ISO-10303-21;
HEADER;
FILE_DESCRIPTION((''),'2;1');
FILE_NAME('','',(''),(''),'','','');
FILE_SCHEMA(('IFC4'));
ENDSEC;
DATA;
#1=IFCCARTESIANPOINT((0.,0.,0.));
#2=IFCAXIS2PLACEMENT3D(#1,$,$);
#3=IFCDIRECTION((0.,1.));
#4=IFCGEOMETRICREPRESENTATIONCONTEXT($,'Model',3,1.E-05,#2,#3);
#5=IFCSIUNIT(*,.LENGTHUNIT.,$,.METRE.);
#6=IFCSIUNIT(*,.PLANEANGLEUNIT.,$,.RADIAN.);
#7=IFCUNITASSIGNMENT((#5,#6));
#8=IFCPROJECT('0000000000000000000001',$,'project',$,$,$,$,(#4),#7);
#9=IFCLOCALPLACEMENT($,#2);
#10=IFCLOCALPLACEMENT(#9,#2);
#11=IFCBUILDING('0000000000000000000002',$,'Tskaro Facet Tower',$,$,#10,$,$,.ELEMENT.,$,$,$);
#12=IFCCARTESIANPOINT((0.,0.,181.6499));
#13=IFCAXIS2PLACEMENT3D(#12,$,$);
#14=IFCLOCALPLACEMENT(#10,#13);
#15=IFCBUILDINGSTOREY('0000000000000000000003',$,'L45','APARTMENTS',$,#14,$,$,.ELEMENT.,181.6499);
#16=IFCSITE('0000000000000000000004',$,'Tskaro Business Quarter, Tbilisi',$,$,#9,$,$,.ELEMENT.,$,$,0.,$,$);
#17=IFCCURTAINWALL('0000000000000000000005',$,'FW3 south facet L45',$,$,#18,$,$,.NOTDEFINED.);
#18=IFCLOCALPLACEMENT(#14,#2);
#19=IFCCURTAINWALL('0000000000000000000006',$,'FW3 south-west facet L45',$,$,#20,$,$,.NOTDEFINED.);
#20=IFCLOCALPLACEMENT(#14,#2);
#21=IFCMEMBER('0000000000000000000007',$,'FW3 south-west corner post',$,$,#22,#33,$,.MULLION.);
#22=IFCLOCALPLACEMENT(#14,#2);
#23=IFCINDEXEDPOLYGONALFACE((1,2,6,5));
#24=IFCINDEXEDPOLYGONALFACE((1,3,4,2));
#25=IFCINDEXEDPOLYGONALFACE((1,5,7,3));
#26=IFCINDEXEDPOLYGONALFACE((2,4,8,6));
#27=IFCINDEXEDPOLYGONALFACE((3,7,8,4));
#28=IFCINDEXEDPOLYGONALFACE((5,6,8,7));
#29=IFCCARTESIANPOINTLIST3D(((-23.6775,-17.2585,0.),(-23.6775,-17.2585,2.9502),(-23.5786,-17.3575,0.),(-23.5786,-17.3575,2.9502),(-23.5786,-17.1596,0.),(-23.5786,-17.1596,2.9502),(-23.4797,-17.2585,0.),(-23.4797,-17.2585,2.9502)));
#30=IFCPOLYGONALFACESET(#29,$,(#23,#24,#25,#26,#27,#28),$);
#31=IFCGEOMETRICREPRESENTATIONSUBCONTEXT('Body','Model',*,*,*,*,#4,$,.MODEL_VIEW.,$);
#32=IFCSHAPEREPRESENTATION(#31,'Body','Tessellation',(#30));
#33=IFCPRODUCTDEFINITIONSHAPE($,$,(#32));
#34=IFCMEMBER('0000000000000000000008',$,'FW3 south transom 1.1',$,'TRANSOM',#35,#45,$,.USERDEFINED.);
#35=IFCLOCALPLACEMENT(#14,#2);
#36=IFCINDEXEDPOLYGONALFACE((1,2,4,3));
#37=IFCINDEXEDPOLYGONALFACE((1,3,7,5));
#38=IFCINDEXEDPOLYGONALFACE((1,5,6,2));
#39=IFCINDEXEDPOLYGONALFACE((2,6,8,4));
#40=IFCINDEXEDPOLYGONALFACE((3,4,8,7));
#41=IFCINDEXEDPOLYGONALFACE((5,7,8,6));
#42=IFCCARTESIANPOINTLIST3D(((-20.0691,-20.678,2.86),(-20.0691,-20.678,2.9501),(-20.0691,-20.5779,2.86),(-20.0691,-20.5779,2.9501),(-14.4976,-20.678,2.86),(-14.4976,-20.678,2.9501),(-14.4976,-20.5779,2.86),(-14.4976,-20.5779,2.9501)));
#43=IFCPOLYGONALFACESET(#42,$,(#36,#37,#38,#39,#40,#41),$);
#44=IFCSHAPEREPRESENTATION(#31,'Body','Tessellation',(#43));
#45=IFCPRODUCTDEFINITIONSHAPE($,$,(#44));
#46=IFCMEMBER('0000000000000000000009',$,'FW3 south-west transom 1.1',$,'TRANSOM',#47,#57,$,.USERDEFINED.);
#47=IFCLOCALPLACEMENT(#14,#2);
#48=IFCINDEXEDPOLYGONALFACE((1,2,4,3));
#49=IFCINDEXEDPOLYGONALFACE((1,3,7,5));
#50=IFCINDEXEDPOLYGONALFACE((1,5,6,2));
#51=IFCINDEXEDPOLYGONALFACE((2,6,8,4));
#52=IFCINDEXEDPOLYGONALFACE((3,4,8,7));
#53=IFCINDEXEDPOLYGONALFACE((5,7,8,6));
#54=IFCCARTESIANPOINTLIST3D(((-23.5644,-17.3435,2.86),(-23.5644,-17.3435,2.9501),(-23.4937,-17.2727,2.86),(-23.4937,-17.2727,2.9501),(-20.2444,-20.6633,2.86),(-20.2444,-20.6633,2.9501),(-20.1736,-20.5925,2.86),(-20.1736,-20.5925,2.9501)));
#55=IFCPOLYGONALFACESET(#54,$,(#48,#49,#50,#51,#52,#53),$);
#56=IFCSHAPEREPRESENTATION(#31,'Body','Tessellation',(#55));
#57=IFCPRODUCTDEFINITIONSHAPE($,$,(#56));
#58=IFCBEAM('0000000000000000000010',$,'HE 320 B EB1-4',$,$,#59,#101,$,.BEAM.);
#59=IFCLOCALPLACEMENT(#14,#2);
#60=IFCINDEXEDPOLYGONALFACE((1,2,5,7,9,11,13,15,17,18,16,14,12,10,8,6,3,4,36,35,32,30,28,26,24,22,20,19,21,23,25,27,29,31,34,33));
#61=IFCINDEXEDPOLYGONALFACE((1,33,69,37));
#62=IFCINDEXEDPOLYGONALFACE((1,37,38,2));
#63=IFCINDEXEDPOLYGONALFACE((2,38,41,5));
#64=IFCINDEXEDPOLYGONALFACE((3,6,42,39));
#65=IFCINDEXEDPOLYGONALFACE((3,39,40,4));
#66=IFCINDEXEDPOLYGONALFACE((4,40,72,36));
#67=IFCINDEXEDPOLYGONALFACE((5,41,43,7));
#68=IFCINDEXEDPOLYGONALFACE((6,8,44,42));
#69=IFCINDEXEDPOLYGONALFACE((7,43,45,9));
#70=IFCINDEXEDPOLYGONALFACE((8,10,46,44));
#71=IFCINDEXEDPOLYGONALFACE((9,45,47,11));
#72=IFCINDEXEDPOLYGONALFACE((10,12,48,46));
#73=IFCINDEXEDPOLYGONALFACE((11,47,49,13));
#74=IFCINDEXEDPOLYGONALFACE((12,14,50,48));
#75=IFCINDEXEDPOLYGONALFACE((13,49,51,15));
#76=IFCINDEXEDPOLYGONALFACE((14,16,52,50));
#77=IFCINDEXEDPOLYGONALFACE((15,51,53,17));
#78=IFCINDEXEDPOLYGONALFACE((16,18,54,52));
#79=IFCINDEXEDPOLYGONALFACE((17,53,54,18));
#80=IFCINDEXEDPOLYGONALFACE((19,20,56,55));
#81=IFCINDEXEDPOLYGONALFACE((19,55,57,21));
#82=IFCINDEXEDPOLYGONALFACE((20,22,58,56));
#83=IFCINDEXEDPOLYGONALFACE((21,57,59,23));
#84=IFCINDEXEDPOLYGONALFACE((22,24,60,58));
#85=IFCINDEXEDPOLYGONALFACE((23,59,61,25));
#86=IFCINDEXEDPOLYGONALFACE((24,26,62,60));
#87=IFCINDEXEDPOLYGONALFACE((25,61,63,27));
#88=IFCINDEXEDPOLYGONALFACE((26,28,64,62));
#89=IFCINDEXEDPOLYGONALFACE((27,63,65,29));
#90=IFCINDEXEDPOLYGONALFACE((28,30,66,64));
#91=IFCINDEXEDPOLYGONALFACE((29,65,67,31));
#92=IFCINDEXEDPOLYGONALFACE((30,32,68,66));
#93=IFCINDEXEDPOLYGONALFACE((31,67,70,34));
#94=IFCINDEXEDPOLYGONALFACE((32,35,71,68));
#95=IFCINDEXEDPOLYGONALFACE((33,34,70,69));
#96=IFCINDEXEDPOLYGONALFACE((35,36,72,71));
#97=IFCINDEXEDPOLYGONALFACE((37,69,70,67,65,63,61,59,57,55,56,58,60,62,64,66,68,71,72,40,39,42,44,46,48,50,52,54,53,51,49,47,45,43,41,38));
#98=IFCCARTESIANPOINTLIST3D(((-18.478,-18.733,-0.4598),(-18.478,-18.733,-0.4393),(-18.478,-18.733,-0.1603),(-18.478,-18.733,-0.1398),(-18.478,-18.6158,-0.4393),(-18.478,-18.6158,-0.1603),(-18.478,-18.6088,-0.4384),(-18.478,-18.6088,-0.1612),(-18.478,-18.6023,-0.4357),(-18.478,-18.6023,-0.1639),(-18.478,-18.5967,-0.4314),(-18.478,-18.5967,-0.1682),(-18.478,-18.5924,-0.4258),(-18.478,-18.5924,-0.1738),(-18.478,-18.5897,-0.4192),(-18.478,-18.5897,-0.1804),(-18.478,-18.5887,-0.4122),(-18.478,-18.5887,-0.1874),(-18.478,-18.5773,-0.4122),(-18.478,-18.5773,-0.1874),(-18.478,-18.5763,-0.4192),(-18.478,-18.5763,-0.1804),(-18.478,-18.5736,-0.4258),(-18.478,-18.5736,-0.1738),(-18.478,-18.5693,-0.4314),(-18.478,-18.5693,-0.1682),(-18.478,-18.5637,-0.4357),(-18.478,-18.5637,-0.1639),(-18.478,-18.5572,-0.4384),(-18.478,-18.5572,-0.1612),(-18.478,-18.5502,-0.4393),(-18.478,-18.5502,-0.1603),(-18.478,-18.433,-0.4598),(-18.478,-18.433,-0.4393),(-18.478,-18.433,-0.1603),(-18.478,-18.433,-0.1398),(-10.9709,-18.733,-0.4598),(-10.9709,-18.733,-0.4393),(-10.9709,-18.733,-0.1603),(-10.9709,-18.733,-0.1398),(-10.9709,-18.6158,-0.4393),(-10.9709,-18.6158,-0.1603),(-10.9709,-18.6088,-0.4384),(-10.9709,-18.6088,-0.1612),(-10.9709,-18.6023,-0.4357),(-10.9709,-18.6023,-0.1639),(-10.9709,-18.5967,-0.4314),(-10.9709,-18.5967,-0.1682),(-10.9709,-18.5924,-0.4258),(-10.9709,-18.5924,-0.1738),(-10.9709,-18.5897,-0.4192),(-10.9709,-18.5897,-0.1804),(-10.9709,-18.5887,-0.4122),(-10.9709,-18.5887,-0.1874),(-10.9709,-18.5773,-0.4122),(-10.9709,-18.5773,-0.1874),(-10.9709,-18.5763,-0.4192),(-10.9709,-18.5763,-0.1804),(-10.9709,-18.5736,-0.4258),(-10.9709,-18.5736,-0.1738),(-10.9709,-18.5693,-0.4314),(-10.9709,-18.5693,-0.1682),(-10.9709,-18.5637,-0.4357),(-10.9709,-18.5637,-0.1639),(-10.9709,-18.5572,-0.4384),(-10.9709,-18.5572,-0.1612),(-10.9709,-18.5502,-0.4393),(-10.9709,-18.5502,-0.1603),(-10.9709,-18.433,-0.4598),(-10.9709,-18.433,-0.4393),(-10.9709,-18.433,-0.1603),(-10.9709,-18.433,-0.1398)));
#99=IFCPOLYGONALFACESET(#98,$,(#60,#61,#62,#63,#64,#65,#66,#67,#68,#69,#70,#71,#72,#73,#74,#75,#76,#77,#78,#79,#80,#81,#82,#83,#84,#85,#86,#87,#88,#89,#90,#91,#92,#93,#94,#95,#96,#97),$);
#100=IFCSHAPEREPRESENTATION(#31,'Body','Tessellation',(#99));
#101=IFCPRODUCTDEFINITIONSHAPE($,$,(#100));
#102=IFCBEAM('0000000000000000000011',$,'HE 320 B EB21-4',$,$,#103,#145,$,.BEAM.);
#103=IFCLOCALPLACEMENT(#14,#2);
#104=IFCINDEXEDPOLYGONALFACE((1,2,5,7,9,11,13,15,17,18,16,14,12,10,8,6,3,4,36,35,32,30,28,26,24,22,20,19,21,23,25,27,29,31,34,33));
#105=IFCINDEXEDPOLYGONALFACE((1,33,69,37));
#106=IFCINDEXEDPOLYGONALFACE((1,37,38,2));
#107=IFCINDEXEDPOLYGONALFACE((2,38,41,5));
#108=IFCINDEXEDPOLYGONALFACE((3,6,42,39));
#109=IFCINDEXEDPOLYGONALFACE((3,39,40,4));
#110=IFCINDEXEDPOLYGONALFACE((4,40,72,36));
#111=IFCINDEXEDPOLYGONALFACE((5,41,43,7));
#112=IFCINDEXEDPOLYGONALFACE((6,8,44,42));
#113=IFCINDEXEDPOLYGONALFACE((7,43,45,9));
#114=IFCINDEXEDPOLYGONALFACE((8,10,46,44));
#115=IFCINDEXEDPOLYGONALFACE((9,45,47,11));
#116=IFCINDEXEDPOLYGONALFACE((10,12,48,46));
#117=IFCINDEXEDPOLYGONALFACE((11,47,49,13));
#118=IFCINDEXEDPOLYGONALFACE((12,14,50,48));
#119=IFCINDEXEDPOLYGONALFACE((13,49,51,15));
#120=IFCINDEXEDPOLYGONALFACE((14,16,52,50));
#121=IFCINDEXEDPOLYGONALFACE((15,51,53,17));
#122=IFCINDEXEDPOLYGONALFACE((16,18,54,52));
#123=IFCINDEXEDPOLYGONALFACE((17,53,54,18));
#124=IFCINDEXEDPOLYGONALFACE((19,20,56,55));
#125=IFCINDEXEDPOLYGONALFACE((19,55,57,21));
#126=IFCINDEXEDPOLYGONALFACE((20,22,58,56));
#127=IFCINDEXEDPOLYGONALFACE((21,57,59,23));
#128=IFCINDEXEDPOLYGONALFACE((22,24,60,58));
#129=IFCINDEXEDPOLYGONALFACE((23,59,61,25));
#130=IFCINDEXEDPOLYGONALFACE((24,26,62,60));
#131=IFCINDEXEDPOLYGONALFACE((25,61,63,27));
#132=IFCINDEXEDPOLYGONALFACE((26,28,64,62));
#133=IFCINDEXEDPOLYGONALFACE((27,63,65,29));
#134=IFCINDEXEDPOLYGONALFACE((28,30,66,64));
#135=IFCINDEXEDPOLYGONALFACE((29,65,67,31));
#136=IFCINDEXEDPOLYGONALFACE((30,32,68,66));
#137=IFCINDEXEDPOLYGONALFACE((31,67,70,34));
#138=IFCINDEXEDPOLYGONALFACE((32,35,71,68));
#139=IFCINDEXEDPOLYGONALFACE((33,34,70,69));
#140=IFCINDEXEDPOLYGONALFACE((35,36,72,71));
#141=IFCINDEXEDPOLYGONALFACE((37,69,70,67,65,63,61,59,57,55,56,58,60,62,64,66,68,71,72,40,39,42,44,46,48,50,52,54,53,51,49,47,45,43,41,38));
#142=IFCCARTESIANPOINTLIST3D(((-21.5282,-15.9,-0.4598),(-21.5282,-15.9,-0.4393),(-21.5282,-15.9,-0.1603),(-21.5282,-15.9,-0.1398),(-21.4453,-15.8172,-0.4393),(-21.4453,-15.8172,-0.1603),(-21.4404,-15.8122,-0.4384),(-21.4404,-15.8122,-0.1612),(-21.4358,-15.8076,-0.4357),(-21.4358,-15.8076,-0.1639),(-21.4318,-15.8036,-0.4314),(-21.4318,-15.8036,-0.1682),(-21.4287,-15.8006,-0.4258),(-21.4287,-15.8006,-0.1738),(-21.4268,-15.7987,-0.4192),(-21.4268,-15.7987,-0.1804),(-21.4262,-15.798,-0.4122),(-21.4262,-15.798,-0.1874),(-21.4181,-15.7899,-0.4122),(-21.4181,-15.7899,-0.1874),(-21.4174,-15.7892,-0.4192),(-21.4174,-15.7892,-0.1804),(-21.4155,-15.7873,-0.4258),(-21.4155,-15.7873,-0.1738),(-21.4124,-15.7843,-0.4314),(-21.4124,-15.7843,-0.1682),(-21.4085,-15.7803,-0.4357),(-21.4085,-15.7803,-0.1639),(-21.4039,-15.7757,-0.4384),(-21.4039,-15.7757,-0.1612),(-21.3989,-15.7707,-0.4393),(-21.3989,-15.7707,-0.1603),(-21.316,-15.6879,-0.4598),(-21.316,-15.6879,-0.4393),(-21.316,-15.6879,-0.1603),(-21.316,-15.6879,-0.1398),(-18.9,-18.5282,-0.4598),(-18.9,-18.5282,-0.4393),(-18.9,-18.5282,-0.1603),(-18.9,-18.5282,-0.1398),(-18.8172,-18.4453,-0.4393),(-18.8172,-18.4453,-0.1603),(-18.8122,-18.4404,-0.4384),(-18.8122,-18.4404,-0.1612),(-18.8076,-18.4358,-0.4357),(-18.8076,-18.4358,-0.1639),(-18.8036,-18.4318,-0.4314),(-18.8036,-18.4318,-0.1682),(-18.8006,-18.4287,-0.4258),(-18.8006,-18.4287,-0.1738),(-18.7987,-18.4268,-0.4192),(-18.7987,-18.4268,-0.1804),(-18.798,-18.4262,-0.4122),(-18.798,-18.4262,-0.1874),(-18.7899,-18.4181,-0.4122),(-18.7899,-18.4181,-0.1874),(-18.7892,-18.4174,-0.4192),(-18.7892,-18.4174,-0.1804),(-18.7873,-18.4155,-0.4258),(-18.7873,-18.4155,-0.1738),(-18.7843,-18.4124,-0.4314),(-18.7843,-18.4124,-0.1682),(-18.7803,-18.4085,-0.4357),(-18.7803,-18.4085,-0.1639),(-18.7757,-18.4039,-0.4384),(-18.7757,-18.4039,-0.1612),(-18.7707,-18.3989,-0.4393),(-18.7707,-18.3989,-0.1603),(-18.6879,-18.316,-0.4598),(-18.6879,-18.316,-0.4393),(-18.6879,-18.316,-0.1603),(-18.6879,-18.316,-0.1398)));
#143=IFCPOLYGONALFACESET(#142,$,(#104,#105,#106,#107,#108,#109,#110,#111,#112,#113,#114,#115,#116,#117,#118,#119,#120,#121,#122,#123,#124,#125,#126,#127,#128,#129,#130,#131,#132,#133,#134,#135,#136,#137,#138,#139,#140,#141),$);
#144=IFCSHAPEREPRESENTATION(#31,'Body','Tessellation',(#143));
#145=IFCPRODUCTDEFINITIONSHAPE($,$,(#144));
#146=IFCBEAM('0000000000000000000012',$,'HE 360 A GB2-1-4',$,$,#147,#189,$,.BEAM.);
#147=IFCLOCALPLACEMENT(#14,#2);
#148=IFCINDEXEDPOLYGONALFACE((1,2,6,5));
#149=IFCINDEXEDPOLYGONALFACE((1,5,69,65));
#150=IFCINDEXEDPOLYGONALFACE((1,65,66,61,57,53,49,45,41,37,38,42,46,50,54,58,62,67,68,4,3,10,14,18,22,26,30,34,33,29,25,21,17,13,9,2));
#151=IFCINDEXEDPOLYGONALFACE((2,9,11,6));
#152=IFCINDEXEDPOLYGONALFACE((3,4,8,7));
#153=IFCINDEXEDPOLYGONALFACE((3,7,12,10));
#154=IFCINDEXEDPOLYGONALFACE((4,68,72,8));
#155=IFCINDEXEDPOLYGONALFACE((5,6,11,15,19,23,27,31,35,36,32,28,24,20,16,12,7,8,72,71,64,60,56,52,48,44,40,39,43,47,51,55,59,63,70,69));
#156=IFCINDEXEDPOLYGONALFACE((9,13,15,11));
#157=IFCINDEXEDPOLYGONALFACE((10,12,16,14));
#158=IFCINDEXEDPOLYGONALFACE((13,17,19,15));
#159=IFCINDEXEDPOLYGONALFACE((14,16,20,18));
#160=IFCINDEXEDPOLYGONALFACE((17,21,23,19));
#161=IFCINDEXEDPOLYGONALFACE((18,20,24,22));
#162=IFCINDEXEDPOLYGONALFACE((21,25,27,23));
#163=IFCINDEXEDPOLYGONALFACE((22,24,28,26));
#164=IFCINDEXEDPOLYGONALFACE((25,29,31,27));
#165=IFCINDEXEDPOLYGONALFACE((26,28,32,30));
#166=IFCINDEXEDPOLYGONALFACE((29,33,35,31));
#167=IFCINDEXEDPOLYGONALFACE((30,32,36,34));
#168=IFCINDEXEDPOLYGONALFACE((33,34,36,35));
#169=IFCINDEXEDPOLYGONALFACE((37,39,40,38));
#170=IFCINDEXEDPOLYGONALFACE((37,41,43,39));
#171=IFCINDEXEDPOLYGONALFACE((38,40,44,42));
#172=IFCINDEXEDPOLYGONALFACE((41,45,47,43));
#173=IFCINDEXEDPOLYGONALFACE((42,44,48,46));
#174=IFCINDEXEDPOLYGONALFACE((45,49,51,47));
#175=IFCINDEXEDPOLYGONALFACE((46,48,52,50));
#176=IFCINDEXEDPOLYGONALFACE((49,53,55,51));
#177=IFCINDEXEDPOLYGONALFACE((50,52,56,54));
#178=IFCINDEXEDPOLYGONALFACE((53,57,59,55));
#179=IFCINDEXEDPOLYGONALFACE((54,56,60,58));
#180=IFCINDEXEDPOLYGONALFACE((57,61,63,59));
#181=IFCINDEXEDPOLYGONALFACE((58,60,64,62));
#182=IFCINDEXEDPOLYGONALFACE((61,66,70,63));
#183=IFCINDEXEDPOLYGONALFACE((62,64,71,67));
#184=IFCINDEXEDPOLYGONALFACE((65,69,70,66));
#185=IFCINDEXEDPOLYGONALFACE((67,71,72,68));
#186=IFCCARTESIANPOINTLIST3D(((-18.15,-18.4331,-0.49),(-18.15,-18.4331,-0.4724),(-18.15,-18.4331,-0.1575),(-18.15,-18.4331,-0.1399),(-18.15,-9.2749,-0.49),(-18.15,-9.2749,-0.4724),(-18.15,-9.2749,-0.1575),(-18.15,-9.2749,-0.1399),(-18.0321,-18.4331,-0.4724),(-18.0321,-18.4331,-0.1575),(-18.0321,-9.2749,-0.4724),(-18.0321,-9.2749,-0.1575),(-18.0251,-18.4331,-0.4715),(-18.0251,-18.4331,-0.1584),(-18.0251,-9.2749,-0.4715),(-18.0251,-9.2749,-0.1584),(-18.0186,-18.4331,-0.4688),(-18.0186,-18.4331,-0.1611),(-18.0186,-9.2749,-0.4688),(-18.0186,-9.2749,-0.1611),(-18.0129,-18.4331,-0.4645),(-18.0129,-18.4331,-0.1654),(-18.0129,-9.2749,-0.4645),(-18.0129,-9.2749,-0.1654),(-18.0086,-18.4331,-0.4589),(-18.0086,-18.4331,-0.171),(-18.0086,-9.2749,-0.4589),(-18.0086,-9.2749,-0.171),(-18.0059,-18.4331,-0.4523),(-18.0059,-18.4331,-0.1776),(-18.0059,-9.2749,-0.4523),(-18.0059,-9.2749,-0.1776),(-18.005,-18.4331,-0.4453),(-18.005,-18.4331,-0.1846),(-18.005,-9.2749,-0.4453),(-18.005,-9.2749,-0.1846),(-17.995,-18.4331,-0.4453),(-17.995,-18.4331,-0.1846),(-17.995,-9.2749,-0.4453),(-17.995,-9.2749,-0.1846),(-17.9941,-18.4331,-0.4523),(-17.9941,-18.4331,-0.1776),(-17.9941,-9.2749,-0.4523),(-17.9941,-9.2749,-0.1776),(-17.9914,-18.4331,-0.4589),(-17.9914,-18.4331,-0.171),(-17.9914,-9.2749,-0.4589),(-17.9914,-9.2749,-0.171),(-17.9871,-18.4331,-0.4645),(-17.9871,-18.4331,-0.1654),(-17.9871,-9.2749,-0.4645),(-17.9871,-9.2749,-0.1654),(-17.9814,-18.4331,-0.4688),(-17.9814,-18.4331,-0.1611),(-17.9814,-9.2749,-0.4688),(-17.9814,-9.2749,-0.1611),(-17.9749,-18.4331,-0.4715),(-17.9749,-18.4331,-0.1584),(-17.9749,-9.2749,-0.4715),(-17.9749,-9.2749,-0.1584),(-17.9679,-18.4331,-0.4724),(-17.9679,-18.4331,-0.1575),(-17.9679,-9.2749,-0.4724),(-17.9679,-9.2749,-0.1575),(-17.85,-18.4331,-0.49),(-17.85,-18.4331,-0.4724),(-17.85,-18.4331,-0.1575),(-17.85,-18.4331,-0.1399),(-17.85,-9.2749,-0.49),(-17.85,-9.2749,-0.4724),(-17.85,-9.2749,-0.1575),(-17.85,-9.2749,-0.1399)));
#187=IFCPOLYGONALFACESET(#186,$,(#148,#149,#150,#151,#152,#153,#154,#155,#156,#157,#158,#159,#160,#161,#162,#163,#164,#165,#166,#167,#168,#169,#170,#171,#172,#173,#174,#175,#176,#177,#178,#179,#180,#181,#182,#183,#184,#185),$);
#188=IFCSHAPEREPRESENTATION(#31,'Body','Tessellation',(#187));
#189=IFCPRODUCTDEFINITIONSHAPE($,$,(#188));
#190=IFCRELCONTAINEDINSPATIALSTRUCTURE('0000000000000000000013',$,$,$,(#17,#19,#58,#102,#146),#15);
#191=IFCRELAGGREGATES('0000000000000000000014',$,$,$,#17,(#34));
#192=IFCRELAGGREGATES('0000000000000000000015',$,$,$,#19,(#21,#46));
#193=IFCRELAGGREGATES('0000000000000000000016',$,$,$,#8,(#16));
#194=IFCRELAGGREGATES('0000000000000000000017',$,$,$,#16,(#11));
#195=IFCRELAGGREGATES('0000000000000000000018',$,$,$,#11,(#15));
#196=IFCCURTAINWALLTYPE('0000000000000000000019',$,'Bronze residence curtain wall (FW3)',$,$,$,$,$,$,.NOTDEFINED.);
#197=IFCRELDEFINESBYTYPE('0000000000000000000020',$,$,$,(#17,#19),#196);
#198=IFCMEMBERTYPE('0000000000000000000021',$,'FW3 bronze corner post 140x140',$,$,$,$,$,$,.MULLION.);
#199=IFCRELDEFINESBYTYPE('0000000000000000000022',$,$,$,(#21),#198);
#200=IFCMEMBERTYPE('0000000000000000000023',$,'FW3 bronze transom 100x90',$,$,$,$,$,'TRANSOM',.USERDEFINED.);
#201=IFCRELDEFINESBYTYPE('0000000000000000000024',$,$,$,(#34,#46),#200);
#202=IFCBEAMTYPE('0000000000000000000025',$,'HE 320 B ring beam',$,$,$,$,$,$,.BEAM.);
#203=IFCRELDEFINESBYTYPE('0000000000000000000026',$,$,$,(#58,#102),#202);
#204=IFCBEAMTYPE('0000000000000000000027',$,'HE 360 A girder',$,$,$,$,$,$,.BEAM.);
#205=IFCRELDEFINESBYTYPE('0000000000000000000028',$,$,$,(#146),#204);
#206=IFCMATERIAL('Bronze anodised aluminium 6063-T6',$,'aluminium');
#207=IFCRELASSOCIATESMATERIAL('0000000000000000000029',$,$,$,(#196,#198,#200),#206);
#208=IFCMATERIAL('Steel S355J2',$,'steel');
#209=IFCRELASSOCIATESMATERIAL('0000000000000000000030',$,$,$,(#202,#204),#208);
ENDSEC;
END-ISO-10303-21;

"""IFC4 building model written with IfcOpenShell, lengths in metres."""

from ifc_helpers import new_model, si_unit, direction, frame, origin, origin_2d, place, context, subcontext, project, spatial, rectangle, i_section, extrude, material, material_profile, profile_set, type_object, element, aggregate, save


model = new_model("IFC4")

# Units and contexts
model_context = context("Model", 3, precision=1e-05, world=origin(), true_north=direction((0.0, 1.0)))
body_context = subcontext(model_context, "Body", "Model", "MODEL_VIEW")
ifc_project = project(units=[si_unit("LENGTHUNIT", "METRE"), si_unit("PLANEANGLEUNIT", "RADIAN")], contexts=[model_context])

# Site, building, storey
site_placement = place(None, origin())
site = spatial("IfcSite", under=ifc_project, at=site_placement, Name="Tskaro Business Quarter, Tbilisi", CompositionType="ELEMENT", RefElevation=0.0)
building_placement = place(site_placement, origin())
building = spatial("IfcBuilding", under=site, at=building_placement, Name="Tskaro Facet Tower", CompositionType="ELEMENT")
storey_placement = place(building_placement, frame((0.0, 0.0, 181.6499)))
storey = spatial("IfcBuildingStorey", under=building, at=storey_placement, Name="L45", Description="APARTMENTS", CompositionType="ELEMENT", Elevation=181.6499)

# Curtain walls, member
ifc_material_1 = material(Name="Bronze anodised aluminium 6063-T6", Category="aluminium")
curtain_wall_type = type_object("IfcCurtainWallType", Name="Bronze residence curtain wall (FW3)", PredefinedType="NOTDEFINED", material=ifc_material_1)
curtain_wall_1_placement = place(storey_placement, origin())
curtain_wall_1 = element("IfcCurtainWall", 1, at=curtain_wall_1_placement, inside=storey, type_object=curtain_wall_type, Name="FW3 south facet L45", PredefinedType="NOTDEFINED")
ifc_material_profile_1 = material_profile(ifc_material_1, rectangle(XDim=0.1399, YDim=0.1399, at=origin_2d()), Name="Corner post 140x140")
ifc_profile_set_1 = profile_set([ifc_material_profile_1], Name="Bronze anodised aluminium 6063-T6")
member_type_1 = type_object("IfcMemberType", Name="FW3 bronze corner post 140x140", PredefinedType="MULLION", material=ifc_profile_set_1)
curtain_wall_2_placement = place(storey_placement, origin())
curtain_wall_2 = element("IfcCurtainWall", 2, at=curtain_wall_2_placement, inside=storey, type_object=curtain_wall_type, Name="FW3 south-west facet L45", PredefinedType="NOTDEFINED")
member_1_placement = place(storey_placement, frame((-23.5786, -17.2585, 0.0), z_axis=(0.0, 0.0, 1.0), x_axis=(0.707107, -0.707107, 0.0)))
member_1 = element("IfcMember", 3, at=member_1_placement, type_object=member_type_1, Name="FW3 south-west corner post", PredefinedType="MULLION", context=body_context, shape_type="SweptSolid", body=[
    extrude(rectangle(XDim=0.1399, YDim=0.1399, at=origin_2d()), origin(), (0.0, 0.0, 1.0), 2.9502),
])

# Members
ifc_material_profile_2 = material_profile(ifc_material_1, rectangle(XDim=0.1001, YDim=0.0901, at=origin_2d()), Name="Transom 100x90")
ifc_profile_set_2 = profile_set([ifc_material_profile_2], Name="Bronze anodised aluminium 6063-T6")
member_type_2 = type_object("IfcMemberType", Name="FW3 bronze transom 100x90", ElementType="TRANSOM", PredefinedType="USERDEFINED", material=ifc_profile_set_2)
member_2_placement = place(storey_placement, frame((-20.0691, -20.6279, 2.905), z_axis=(1.0, 0.0, 0.0), x_axis=(0.0, 1.0, 0.0)))
member_2 = element("IfcMember", 4, at=member_2_placement, type_object=member_type_2, Name="FW3 south transom 1.1", ObjectType="TRANSOM", PredefinedType="USERDEFINED", context=body_context, shape_type="SweptSolid", body=[
    extrude(rectangle(XDim=0.1001, YDim=0.0901, at=origin_2d()), origin(), (0.0, 0.0, 1.0), 5.5715),
])
aggregate(curtain_wall_1, [member_2])
member_3_placement = place(storey_placement, frame((-23.5291, -17.3081, 2.905), z_axis=(0.707133, -0.707081, 0.0), x_axis=(0.707081, 0.707133, 0.0)))
member_3 = element("IfcMember", 5, at=member_3_placement, type_object=member_type_2, Name="FW3 south-west transom 1.1", ObjectType="TRANSOM", PredefinedType="USERDEFINED", context=body_context, shape_type="SweptSolid", body=[
    extrude(rectangle(XDim=0.1001, YDim=0.0901, at=origin_2d()), origin(), (0.0, 0.0, 1.0), 4.6951),
])

# Beams
ifc_material_2 = material(Name="Steel S355J2", Category="steel")
ifc_material_profile_3 = material_profile(ifc_material_2, i_section(OverallWidth=0.3, OverallDepth=0.3201, WebThickness=0.0115, FlangeThickness=0.0205, FilletRadius=0.0271, at=origin_2d()), Name="HE 320 B")
ifc_profile_set_3 = profile_set([ifc_material_profile_3], Name="Steel S355J2")
beam_type_1 = type_object("IfcBeamType", Name="HE 320 B ring beam", PredefinedType="BEAM", material=ifc_profile_set_3)
beam_1_placement = place(storey_placement, frame((-18.478, -18.583, -0.2998), z_axis=(1.0, 0.0, 0.0), x_axis=(0.0, 1.0, 0.0)))
element("IfcBeam", 6, at=beam_1_placement, inside=storey, type_object=beam_type_1, Name="HE 320 B EB1-4", PredefinedType="BEAM", context=body_context, shape_type="SweptSolid", body=[
    extrude(i_section(OverallWidth=0.3, OverallDepth=0.3201, WebThickness=0.0115, FlangeThickness=0.0205, FilletRadius=0.0271, at=origin_2d()), origin(), (0.0, 0.0, 1.0), 7.5071),
])
beam_2_placement = place(storey_placement, frame((-21.4221, -15.7939, -0.2998), z_axis=(0.707107, -0.707107, 0.0), x_axis=(0.707107, 0.707107, 0.0)))
element("IfcBeam", 7, at=beam_2_placement, inside=storey, type_object=beam_type_1, Name="HE 320 B EB21-4", PredefinedType="BEAM", context=body_context, shape_type="SweptSolid", body=[
    extrude(i_section(OverallWidth=0.3, OverallDepth=0.3201, WebThickness=0.0115, FlangeThickness=0.0205, FilletRadius=0.0271, at=origin_2d()), origin(), (0.0, 0.0, 1.0), 3.7168),
])
ifc_material_profile_4 = material_profile(ifc_material_2, i_section(OverallWidth=0.3, OverallDepth=0.3501, WebThickness=0.01, FlangeThickness=0.0176, FilletRadius=0.0271, at=origin_2d()), Name="HE 360 A")
ifc_profile_set_4 = profile_set([ifc_material_profile_4], Name="Steel S355J2")
beam_type_2 = type_object("IfcBeamType", Name="HE 360 A girder", PredefinedType="BEAM", material=ifc_profile_set_4)
beam_3_placement = place(storey_placement, frame((-18.0, -18.4331, -0.3149), z_axis=(0.0, 1.0, 0.0), x_axis=(-1.0, 0.0, 0.0)))
element("IfcBeam", 8, at=beam_3_placement, inside=storey, type_object=beam_type_2, Name="HE 360 A GB2-1-4", PredefinedType="BEAM", context=body_context, shape_type="SweptSolid", body=[
    extrude(i_section(OverallWidth=0.3, OverallDepth=0.3501, WebThickness=0.01, FlangeThickness=0.0176, FilletRadius=0.0271, at=origin_2d()), origin(), (0.0, 0.0, 1.0), 9.1582),
])

aggregate(curtain_wall_2, [member_1, member_3])

save(model, "model.ifc")
